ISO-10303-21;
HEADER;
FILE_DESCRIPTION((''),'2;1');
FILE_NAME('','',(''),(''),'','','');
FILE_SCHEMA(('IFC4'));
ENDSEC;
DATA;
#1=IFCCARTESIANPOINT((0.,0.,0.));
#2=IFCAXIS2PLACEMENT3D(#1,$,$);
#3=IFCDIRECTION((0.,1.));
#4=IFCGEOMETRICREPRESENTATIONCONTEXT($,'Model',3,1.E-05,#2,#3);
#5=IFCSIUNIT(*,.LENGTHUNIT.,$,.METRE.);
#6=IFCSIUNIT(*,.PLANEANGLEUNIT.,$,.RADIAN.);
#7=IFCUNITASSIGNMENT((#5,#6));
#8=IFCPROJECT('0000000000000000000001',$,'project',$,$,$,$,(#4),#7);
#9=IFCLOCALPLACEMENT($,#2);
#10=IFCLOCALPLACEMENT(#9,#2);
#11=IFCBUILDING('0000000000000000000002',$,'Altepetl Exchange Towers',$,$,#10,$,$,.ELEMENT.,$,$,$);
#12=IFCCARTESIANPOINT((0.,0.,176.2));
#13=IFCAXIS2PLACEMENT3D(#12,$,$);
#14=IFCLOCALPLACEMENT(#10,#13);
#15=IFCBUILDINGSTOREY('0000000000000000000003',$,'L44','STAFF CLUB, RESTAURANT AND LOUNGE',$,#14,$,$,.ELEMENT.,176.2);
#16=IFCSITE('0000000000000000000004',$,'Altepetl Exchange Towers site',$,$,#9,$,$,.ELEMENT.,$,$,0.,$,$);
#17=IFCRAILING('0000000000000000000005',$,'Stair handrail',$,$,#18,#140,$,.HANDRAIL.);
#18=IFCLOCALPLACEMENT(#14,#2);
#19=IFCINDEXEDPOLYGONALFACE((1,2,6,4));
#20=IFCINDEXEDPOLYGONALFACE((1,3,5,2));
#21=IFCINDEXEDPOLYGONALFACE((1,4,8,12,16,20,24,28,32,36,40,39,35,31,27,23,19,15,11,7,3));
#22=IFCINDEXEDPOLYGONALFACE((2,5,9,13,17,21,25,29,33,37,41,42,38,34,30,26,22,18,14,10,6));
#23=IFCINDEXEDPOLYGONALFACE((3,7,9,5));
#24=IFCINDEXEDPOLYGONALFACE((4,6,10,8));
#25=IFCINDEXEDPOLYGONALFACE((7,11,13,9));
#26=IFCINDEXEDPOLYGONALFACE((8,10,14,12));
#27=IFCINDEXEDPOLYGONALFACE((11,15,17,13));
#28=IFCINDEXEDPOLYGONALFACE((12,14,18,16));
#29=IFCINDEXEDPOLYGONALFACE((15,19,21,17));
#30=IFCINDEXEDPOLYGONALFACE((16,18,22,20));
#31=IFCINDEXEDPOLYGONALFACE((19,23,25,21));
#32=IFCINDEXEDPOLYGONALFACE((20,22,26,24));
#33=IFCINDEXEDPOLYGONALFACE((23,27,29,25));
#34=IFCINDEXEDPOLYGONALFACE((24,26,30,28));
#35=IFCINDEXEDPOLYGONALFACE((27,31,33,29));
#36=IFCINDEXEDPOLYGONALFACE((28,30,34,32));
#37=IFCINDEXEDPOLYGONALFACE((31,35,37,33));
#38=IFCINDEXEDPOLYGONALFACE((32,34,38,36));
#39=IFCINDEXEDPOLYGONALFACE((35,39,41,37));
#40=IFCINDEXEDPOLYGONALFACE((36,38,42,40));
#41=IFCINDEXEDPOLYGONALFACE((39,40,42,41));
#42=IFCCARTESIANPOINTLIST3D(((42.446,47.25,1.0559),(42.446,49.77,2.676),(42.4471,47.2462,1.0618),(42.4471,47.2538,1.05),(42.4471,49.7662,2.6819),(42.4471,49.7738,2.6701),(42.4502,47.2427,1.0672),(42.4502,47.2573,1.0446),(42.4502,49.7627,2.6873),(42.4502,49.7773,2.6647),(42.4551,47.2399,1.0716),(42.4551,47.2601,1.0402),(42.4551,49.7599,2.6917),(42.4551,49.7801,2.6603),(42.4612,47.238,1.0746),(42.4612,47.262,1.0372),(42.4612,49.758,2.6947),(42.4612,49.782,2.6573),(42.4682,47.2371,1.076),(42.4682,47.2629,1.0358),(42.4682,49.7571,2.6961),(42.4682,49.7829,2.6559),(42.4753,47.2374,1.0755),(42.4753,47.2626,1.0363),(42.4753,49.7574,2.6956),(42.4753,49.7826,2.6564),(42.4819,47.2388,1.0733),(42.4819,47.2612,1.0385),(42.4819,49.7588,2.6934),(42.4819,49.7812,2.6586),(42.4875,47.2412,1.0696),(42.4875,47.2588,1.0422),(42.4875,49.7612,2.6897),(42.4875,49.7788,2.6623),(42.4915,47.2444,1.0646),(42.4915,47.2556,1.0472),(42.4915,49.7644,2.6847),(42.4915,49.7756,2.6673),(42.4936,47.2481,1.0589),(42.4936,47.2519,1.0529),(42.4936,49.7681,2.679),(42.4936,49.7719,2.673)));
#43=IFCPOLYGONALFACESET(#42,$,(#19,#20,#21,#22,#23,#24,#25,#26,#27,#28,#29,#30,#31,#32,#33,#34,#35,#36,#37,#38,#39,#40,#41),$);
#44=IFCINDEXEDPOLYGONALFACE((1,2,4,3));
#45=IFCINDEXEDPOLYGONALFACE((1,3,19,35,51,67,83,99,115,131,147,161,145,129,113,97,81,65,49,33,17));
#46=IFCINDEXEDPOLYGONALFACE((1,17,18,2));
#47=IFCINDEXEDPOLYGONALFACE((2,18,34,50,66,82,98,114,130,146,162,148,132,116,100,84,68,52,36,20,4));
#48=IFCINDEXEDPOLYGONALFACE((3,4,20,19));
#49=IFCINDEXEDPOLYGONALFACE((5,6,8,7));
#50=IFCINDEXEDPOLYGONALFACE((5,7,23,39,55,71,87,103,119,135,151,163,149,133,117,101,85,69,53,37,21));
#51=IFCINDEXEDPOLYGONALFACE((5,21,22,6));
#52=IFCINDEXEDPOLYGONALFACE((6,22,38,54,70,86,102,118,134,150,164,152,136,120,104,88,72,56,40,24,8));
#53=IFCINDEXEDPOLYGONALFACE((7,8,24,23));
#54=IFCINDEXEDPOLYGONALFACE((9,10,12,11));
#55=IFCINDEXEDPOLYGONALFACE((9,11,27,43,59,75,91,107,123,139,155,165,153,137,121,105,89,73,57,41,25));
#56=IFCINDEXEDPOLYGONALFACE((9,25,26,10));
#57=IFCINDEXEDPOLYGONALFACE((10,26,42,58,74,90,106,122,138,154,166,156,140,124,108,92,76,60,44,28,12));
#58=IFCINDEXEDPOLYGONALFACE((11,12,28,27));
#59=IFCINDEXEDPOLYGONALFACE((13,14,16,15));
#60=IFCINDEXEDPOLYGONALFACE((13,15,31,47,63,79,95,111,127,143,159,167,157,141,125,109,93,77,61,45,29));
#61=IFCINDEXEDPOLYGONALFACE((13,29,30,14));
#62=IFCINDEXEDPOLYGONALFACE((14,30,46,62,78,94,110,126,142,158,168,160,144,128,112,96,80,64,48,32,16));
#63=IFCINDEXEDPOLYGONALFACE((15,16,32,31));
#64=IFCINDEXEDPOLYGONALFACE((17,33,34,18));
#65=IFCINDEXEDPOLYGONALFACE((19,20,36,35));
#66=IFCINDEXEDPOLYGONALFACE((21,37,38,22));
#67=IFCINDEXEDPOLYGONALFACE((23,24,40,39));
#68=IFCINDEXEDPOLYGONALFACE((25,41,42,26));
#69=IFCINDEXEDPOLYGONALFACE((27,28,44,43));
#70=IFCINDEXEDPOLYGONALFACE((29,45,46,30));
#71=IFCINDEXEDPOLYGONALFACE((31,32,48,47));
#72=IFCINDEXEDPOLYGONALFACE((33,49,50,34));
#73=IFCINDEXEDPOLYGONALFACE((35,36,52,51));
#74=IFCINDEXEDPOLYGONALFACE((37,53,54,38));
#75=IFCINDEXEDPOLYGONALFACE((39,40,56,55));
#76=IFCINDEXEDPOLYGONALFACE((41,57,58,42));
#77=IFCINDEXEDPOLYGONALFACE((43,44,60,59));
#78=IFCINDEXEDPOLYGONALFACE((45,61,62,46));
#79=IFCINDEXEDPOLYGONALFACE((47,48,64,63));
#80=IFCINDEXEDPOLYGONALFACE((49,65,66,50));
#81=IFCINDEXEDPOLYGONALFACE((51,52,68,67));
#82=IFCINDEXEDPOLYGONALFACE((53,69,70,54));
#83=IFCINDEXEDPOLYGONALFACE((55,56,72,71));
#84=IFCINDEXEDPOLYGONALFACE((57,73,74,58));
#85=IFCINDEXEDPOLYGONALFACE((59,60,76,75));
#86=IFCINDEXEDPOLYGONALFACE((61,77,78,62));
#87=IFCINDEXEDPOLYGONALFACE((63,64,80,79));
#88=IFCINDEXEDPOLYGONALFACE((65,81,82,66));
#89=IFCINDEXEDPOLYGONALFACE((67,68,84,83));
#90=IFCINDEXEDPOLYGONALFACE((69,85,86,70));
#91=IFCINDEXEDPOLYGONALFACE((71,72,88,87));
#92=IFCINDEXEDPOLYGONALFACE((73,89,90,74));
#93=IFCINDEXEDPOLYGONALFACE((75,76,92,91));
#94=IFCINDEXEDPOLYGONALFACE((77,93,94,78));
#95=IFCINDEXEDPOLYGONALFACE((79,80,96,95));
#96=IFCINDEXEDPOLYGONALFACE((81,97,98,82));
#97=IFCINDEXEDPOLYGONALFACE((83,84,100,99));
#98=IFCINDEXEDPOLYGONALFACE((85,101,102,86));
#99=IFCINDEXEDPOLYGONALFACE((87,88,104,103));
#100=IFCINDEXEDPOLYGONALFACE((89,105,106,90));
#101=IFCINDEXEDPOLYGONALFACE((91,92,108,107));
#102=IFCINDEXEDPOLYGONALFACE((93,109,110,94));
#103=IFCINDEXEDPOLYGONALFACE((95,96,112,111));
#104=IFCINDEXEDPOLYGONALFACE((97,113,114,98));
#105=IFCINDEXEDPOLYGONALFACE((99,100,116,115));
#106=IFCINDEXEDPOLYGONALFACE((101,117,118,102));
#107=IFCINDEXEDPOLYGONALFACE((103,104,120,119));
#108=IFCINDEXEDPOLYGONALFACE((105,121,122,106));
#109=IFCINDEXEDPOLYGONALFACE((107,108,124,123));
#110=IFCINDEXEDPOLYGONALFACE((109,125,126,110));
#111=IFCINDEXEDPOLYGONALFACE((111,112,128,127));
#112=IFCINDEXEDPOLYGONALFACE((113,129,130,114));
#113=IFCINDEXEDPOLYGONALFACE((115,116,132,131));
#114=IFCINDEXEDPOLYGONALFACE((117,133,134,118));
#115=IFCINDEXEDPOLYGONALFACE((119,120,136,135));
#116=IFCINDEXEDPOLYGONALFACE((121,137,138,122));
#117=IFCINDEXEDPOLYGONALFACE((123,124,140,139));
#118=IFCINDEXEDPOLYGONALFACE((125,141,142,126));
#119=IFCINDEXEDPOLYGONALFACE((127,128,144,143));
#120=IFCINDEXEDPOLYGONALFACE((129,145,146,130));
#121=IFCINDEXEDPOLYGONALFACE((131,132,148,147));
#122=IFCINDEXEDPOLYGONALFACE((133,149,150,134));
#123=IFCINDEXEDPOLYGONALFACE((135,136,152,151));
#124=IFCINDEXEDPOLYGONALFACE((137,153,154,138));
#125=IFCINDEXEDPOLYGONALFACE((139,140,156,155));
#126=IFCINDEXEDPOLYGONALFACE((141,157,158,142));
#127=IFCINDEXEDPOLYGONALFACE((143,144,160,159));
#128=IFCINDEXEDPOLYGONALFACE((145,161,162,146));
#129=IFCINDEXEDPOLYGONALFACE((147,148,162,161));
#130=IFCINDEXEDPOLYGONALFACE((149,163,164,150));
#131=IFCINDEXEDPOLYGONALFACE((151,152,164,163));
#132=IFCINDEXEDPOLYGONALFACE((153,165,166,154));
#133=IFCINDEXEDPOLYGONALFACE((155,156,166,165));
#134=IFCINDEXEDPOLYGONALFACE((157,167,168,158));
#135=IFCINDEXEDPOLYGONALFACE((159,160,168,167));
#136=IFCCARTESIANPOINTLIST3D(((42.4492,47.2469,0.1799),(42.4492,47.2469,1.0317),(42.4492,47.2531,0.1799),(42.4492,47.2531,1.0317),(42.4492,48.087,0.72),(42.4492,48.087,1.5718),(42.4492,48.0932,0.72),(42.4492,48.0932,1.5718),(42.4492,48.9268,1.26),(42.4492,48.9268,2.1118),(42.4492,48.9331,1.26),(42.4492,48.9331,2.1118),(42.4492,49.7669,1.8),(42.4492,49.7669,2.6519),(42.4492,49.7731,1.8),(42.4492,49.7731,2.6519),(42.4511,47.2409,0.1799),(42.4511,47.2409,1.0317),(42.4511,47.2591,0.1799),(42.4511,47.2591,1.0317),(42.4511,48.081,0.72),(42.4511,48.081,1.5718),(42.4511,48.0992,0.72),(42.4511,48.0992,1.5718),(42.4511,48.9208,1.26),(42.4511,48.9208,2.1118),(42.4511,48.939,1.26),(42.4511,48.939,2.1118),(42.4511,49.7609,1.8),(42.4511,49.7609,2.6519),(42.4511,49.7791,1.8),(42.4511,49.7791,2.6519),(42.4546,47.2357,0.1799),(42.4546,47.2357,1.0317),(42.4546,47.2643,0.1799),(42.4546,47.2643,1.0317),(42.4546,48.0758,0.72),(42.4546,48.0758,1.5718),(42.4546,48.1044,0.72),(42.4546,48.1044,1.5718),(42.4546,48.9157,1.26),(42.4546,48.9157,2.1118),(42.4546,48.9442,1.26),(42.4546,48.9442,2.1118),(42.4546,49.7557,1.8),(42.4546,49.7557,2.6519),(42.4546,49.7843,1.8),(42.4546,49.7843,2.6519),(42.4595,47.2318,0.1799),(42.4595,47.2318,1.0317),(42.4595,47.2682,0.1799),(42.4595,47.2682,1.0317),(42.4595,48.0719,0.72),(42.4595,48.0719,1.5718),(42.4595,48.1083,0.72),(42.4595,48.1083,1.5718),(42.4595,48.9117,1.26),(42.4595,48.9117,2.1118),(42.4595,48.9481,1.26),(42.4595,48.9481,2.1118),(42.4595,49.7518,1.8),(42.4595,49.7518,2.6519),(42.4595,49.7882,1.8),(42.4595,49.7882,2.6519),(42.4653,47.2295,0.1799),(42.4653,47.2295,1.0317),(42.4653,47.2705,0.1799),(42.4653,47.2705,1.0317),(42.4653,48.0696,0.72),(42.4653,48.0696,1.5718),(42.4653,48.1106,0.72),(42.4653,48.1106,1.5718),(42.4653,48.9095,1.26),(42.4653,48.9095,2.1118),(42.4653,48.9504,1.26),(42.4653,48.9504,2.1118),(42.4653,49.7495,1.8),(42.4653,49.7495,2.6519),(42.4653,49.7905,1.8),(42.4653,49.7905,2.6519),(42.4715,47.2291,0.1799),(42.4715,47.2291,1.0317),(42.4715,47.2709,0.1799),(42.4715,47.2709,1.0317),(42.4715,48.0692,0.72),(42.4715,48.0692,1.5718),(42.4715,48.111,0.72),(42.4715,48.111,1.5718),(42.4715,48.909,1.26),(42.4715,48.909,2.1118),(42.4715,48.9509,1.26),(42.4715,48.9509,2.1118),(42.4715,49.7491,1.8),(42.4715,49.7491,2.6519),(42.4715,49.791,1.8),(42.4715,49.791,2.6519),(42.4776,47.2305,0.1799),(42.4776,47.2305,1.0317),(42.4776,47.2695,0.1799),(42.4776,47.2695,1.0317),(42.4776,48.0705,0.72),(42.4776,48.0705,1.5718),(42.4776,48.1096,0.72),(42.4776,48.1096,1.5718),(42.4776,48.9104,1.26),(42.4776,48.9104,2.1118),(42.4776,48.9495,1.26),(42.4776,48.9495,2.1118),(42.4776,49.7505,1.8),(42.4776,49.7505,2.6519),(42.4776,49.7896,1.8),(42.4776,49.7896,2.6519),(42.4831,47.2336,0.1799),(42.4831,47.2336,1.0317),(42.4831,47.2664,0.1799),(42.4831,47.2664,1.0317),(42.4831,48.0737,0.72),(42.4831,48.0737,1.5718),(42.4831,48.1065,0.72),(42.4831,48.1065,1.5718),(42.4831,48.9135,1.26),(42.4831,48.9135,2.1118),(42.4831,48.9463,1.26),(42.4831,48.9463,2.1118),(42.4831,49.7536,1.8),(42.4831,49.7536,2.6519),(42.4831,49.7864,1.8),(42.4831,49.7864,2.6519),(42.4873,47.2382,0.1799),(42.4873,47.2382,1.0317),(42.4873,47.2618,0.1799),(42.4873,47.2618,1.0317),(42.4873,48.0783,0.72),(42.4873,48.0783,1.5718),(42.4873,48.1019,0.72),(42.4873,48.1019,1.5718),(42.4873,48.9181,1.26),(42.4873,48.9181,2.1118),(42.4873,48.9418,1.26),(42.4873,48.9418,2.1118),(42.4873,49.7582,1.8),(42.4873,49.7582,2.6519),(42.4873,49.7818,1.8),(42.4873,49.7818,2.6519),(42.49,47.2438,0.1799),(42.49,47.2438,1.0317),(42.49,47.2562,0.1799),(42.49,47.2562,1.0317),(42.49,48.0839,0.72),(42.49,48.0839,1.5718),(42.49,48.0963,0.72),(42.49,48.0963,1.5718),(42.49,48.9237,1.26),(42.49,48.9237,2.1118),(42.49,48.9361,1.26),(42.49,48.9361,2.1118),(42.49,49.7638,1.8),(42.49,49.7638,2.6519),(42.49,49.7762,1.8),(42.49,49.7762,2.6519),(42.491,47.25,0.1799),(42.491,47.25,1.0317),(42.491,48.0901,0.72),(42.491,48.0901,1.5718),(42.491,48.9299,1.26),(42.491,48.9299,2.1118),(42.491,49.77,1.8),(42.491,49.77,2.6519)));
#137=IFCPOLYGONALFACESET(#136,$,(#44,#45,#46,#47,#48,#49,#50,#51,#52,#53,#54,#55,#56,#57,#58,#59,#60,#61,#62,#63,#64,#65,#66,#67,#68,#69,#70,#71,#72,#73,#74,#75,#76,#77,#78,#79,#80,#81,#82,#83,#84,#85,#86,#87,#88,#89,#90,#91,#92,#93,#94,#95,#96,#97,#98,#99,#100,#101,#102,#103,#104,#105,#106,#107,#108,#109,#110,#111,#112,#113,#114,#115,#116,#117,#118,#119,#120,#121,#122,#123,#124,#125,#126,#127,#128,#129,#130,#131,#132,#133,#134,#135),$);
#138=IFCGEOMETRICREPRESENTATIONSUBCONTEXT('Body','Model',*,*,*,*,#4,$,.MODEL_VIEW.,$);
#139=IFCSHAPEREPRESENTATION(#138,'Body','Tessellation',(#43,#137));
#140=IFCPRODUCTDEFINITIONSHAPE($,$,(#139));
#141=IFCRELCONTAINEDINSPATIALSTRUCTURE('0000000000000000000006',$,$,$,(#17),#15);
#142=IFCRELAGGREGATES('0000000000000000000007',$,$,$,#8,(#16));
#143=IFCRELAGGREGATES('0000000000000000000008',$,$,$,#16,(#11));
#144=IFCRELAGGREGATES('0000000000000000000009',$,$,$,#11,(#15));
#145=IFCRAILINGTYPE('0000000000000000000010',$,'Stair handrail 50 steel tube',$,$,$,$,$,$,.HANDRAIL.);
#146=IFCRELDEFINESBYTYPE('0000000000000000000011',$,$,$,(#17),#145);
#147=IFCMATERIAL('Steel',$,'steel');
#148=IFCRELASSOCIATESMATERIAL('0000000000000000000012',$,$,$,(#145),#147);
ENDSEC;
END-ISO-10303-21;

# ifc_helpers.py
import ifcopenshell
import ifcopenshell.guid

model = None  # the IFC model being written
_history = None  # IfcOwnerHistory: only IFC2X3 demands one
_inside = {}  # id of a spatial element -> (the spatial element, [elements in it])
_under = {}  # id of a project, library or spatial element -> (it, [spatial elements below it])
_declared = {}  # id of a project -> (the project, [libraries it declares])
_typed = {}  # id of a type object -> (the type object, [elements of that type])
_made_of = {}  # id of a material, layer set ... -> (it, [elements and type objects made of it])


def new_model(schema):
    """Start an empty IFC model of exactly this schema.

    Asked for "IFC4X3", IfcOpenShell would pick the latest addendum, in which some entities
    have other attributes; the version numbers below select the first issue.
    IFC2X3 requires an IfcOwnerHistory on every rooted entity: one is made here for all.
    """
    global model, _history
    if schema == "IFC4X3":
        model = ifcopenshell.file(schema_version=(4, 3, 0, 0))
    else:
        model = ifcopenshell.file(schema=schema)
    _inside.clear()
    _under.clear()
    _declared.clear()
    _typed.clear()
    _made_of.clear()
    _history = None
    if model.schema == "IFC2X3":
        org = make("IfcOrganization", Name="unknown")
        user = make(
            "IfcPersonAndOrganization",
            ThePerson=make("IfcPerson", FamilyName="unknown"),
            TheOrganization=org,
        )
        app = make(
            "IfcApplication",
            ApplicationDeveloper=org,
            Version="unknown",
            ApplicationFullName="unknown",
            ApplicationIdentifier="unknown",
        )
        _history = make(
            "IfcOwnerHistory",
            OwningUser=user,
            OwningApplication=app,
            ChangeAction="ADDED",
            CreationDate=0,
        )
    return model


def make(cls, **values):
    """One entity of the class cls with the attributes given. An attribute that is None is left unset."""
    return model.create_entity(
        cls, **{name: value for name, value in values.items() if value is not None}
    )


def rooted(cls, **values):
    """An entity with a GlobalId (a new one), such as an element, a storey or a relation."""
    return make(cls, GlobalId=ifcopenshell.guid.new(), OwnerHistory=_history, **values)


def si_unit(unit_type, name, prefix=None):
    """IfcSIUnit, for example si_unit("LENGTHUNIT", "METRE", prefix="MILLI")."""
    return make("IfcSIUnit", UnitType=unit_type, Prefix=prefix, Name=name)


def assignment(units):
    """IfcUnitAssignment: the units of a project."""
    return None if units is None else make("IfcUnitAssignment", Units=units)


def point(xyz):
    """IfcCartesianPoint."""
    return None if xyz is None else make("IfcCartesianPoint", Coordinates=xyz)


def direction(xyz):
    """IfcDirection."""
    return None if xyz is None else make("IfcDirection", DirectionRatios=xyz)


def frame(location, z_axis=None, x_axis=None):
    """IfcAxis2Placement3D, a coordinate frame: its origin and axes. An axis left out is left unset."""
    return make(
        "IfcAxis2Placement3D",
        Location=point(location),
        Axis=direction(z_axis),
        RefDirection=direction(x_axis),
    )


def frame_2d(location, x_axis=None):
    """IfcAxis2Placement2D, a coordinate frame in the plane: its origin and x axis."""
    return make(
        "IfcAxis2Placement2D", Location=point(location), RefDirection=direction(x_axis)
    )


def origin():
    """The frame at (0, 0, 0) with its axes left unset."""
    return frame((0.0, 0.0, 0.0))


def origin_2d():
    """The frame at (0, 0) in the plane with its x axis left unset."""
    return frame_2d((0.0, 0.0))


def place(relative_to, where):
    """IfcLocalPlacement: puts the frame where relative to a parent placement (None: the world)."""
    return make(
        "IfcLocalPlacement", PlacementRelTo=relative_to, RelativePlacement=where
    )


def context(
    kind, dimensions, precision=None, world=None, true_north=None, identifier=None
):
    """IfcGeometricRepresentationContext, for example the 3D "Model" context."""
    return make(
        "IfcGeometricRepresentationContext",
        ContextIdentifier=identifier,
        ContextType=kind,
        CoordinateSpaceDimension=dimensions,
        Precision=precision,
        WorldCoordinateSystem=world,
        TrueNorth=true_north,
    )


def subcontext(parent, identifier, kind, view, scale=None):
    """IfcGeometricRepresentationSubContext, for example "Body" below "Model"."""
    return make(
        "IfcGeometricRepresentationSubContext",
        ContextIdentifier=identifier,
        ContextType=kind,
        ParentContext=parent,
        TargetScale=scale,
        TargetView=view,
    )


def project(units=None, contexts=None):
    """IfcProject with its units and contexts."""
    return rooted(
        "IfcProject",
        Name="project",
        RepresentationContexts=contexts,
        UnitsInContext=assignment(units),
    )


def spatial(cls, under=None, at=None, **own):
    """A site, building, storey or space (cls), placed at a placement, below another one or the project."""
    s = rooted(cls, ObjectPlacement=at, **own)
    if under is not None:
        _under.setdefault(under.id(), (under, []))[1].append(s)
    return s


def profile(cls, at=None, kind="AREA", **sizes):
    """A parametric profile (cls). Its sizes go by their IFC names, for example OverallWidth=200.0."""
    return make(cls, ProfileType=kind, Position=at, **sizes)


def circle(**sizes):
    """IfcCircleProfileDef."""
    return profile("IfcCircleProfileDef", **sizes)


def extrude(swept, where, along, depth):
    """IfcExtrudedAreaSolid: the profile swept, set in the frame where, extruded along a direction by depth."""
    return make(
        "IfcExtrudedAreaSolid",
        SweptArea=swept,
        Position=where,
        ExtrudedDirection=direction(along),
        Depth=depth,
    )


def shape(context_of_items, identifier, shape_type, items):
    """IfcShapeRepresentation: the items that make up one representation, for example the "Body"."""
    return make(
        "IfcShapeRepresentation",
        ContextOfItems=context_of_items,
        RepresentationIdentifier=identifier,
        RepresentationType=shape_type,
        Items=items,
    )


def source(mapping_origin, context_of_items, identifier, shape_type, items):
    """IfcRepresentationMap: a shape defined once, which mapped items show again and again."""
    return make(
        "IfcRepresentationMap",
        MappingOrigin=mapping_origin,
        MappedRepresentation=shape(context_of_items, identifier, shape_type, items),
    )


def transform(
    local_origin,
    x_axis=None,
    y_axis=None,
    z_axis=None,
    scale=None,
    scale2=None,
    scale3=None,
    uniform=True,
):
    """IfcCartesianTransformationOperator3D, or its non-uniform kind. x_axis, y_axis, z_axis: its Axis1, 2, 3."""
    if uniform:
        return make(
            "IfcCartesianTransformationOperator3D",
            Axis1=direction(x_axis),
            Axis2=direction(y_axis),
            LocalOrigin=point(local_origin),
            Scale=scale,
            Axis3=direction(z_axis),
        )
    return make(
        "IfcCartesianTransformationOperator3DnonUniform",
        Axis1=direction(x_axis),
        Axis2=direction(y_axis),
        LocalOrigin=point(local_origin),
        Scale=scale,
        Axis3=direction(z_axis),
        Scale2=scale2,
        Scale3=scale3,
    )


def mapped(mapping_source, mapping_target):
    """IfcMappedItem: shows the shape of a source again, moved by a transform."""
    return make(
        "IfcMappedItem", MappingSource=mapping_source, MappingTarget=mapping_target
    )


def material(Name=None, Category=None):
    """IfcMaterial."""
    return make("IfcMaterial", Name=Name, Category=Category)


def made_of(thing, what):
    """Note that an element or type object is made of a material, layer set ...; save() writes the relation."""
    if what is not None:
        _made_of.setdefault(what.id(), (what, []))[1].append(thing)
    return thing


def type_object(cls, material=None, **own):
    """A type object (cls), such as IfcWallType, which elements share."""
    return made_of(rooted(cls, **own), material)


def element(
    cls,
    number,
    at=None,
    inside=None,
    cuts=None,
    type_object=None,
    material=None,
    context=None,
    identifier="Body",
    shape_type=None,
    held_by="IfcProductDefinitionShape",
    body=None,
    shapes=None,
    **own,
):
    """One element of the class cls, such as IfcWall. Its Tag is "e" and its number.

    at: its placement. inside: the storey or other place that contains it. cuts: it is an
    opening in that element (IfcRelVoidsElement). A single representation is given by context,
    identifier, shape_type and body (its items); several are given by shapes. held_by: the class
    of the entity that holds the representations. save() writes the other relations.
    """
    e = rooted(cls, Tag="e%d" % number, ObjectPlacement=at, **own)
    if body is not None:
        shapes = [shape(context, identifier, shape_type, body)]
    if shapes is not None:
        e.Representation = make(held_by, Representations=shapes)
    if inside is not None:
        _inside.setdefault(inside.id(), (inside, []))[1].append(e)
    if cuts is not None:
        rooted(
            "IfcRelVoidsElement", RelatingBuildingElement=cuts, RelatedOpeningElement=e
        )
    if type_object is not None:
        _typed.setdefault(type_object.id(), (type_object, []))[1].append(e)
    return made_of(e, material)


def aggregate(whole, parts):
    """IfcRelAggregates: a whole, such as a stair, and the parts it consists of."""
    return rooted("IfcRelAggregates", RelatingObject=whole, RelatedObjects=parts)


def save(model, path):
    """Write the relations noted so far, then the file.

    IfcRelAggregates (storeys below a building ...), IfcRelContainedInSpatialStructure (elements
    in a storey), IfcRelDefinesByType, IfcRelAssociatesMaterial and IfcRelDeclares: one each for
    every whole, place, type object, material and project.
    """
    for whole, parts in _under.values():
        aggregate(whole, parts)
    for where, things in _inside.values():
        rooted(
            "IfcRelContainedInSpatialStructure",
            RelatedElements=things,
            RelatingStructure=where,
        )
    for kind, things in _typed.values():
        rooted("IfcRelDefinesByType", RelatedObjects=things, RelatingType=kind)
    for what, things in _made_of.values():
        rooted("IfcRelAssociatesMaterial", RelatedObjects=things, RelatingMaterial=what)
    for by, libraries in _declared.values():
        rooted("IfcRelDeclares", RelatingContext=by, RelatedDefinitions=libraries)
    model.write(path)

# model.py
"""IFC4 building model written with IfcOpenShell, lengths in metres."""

from ifc_helpers import new_model, si_unit, direction, frame, origin, origin_2d, place, context, subcontext, project, spatial, circle, extrude, source, transform, mapped, material, type_object, element, save


model = new_model("IFC4")

# Units and contexts
model_context = context("Model", 3, precision=1e-05, world=origin(), true_north=direction((0.0, 1.0)))
body_context = subcontext(model_context, "Body", "Model", "MODEL_VIEW")
ifc_project = project(units=[si_unit("LENGTHUNIT", "METRE"), si_unit("PLANEANGLEUNIT", "RADIAN")], contexts=[model_context])

# Site, building, storey
site_placement = place(None, origin())
site = spatial("IfcSite", under=ifc_project, at=site_placement, Name="Altepetl Exchange Towers site", CompositionType="ELEMENT", RefElevation=0.0)
building_placement = place(site_placement, origin())
building = spatial("IfcBuilding", under=site, at=building_placement, Name="Altepetl Exchange Towers", CompositionType="ELEMENT")
storey_placement = place(building_placement, frame((0.0, 0.0, 176.2)))
storey = spatial("IfcBuildingStorey", under=building, at=storey_placement, Name="L44", Description="STAFF CLUB, RESTAURANT AND LOUNGE", CompositionType="ELEMENT", Elevation=176.2)

# Railing
ifc_material_1 = material(Name="Steel", Category="steel")
railing_type = type_object("IfcRailingType", Name="Stair handrail 50 steel tube", PredefinedType="HANDRAIL", material=ifc_material_1)
shared_shape = source(origin(), body_context, "Body", "SweptSolid", [
    extrude(circle(Radius=0.021, at=origin_2d()), origin(), (0.0, 0.0, 1.0), 0.8518),
])
railing_1_placement = place(storey_placement, frame((42.47, 47.25, 0.1799)))
element("IfcRailing", 1, at=railing_1_placement, inside=storey, type_object=railing_type, Name="Stair handrail", PredefinedType="HANDRAIL", context=body_context, shape_type="SweptSolid", body=[
    extrude(circle(Radius=0.0239, at=origin_2d()), frame((0.0, 0.0, 0.876), z_axis=(0.0, 0.841163, 0.540782), x_axis=(-1.0, 0.0, 0.0)), (0.0, 0.0, 1.0), 2.9958),
    mapped(shared_shape, transform((0.0, 0.0, 0.0))),
    mapped(shared_shape, transform((0.0, 0.8401, 0.54))),
    mapped(shared_shape, transform((0.0, 1.6799, 1.0801))),
    mapped(shared_shape, transform((0.0, 2.52, 1.6201))),
])

save(model, "model.ifc")
